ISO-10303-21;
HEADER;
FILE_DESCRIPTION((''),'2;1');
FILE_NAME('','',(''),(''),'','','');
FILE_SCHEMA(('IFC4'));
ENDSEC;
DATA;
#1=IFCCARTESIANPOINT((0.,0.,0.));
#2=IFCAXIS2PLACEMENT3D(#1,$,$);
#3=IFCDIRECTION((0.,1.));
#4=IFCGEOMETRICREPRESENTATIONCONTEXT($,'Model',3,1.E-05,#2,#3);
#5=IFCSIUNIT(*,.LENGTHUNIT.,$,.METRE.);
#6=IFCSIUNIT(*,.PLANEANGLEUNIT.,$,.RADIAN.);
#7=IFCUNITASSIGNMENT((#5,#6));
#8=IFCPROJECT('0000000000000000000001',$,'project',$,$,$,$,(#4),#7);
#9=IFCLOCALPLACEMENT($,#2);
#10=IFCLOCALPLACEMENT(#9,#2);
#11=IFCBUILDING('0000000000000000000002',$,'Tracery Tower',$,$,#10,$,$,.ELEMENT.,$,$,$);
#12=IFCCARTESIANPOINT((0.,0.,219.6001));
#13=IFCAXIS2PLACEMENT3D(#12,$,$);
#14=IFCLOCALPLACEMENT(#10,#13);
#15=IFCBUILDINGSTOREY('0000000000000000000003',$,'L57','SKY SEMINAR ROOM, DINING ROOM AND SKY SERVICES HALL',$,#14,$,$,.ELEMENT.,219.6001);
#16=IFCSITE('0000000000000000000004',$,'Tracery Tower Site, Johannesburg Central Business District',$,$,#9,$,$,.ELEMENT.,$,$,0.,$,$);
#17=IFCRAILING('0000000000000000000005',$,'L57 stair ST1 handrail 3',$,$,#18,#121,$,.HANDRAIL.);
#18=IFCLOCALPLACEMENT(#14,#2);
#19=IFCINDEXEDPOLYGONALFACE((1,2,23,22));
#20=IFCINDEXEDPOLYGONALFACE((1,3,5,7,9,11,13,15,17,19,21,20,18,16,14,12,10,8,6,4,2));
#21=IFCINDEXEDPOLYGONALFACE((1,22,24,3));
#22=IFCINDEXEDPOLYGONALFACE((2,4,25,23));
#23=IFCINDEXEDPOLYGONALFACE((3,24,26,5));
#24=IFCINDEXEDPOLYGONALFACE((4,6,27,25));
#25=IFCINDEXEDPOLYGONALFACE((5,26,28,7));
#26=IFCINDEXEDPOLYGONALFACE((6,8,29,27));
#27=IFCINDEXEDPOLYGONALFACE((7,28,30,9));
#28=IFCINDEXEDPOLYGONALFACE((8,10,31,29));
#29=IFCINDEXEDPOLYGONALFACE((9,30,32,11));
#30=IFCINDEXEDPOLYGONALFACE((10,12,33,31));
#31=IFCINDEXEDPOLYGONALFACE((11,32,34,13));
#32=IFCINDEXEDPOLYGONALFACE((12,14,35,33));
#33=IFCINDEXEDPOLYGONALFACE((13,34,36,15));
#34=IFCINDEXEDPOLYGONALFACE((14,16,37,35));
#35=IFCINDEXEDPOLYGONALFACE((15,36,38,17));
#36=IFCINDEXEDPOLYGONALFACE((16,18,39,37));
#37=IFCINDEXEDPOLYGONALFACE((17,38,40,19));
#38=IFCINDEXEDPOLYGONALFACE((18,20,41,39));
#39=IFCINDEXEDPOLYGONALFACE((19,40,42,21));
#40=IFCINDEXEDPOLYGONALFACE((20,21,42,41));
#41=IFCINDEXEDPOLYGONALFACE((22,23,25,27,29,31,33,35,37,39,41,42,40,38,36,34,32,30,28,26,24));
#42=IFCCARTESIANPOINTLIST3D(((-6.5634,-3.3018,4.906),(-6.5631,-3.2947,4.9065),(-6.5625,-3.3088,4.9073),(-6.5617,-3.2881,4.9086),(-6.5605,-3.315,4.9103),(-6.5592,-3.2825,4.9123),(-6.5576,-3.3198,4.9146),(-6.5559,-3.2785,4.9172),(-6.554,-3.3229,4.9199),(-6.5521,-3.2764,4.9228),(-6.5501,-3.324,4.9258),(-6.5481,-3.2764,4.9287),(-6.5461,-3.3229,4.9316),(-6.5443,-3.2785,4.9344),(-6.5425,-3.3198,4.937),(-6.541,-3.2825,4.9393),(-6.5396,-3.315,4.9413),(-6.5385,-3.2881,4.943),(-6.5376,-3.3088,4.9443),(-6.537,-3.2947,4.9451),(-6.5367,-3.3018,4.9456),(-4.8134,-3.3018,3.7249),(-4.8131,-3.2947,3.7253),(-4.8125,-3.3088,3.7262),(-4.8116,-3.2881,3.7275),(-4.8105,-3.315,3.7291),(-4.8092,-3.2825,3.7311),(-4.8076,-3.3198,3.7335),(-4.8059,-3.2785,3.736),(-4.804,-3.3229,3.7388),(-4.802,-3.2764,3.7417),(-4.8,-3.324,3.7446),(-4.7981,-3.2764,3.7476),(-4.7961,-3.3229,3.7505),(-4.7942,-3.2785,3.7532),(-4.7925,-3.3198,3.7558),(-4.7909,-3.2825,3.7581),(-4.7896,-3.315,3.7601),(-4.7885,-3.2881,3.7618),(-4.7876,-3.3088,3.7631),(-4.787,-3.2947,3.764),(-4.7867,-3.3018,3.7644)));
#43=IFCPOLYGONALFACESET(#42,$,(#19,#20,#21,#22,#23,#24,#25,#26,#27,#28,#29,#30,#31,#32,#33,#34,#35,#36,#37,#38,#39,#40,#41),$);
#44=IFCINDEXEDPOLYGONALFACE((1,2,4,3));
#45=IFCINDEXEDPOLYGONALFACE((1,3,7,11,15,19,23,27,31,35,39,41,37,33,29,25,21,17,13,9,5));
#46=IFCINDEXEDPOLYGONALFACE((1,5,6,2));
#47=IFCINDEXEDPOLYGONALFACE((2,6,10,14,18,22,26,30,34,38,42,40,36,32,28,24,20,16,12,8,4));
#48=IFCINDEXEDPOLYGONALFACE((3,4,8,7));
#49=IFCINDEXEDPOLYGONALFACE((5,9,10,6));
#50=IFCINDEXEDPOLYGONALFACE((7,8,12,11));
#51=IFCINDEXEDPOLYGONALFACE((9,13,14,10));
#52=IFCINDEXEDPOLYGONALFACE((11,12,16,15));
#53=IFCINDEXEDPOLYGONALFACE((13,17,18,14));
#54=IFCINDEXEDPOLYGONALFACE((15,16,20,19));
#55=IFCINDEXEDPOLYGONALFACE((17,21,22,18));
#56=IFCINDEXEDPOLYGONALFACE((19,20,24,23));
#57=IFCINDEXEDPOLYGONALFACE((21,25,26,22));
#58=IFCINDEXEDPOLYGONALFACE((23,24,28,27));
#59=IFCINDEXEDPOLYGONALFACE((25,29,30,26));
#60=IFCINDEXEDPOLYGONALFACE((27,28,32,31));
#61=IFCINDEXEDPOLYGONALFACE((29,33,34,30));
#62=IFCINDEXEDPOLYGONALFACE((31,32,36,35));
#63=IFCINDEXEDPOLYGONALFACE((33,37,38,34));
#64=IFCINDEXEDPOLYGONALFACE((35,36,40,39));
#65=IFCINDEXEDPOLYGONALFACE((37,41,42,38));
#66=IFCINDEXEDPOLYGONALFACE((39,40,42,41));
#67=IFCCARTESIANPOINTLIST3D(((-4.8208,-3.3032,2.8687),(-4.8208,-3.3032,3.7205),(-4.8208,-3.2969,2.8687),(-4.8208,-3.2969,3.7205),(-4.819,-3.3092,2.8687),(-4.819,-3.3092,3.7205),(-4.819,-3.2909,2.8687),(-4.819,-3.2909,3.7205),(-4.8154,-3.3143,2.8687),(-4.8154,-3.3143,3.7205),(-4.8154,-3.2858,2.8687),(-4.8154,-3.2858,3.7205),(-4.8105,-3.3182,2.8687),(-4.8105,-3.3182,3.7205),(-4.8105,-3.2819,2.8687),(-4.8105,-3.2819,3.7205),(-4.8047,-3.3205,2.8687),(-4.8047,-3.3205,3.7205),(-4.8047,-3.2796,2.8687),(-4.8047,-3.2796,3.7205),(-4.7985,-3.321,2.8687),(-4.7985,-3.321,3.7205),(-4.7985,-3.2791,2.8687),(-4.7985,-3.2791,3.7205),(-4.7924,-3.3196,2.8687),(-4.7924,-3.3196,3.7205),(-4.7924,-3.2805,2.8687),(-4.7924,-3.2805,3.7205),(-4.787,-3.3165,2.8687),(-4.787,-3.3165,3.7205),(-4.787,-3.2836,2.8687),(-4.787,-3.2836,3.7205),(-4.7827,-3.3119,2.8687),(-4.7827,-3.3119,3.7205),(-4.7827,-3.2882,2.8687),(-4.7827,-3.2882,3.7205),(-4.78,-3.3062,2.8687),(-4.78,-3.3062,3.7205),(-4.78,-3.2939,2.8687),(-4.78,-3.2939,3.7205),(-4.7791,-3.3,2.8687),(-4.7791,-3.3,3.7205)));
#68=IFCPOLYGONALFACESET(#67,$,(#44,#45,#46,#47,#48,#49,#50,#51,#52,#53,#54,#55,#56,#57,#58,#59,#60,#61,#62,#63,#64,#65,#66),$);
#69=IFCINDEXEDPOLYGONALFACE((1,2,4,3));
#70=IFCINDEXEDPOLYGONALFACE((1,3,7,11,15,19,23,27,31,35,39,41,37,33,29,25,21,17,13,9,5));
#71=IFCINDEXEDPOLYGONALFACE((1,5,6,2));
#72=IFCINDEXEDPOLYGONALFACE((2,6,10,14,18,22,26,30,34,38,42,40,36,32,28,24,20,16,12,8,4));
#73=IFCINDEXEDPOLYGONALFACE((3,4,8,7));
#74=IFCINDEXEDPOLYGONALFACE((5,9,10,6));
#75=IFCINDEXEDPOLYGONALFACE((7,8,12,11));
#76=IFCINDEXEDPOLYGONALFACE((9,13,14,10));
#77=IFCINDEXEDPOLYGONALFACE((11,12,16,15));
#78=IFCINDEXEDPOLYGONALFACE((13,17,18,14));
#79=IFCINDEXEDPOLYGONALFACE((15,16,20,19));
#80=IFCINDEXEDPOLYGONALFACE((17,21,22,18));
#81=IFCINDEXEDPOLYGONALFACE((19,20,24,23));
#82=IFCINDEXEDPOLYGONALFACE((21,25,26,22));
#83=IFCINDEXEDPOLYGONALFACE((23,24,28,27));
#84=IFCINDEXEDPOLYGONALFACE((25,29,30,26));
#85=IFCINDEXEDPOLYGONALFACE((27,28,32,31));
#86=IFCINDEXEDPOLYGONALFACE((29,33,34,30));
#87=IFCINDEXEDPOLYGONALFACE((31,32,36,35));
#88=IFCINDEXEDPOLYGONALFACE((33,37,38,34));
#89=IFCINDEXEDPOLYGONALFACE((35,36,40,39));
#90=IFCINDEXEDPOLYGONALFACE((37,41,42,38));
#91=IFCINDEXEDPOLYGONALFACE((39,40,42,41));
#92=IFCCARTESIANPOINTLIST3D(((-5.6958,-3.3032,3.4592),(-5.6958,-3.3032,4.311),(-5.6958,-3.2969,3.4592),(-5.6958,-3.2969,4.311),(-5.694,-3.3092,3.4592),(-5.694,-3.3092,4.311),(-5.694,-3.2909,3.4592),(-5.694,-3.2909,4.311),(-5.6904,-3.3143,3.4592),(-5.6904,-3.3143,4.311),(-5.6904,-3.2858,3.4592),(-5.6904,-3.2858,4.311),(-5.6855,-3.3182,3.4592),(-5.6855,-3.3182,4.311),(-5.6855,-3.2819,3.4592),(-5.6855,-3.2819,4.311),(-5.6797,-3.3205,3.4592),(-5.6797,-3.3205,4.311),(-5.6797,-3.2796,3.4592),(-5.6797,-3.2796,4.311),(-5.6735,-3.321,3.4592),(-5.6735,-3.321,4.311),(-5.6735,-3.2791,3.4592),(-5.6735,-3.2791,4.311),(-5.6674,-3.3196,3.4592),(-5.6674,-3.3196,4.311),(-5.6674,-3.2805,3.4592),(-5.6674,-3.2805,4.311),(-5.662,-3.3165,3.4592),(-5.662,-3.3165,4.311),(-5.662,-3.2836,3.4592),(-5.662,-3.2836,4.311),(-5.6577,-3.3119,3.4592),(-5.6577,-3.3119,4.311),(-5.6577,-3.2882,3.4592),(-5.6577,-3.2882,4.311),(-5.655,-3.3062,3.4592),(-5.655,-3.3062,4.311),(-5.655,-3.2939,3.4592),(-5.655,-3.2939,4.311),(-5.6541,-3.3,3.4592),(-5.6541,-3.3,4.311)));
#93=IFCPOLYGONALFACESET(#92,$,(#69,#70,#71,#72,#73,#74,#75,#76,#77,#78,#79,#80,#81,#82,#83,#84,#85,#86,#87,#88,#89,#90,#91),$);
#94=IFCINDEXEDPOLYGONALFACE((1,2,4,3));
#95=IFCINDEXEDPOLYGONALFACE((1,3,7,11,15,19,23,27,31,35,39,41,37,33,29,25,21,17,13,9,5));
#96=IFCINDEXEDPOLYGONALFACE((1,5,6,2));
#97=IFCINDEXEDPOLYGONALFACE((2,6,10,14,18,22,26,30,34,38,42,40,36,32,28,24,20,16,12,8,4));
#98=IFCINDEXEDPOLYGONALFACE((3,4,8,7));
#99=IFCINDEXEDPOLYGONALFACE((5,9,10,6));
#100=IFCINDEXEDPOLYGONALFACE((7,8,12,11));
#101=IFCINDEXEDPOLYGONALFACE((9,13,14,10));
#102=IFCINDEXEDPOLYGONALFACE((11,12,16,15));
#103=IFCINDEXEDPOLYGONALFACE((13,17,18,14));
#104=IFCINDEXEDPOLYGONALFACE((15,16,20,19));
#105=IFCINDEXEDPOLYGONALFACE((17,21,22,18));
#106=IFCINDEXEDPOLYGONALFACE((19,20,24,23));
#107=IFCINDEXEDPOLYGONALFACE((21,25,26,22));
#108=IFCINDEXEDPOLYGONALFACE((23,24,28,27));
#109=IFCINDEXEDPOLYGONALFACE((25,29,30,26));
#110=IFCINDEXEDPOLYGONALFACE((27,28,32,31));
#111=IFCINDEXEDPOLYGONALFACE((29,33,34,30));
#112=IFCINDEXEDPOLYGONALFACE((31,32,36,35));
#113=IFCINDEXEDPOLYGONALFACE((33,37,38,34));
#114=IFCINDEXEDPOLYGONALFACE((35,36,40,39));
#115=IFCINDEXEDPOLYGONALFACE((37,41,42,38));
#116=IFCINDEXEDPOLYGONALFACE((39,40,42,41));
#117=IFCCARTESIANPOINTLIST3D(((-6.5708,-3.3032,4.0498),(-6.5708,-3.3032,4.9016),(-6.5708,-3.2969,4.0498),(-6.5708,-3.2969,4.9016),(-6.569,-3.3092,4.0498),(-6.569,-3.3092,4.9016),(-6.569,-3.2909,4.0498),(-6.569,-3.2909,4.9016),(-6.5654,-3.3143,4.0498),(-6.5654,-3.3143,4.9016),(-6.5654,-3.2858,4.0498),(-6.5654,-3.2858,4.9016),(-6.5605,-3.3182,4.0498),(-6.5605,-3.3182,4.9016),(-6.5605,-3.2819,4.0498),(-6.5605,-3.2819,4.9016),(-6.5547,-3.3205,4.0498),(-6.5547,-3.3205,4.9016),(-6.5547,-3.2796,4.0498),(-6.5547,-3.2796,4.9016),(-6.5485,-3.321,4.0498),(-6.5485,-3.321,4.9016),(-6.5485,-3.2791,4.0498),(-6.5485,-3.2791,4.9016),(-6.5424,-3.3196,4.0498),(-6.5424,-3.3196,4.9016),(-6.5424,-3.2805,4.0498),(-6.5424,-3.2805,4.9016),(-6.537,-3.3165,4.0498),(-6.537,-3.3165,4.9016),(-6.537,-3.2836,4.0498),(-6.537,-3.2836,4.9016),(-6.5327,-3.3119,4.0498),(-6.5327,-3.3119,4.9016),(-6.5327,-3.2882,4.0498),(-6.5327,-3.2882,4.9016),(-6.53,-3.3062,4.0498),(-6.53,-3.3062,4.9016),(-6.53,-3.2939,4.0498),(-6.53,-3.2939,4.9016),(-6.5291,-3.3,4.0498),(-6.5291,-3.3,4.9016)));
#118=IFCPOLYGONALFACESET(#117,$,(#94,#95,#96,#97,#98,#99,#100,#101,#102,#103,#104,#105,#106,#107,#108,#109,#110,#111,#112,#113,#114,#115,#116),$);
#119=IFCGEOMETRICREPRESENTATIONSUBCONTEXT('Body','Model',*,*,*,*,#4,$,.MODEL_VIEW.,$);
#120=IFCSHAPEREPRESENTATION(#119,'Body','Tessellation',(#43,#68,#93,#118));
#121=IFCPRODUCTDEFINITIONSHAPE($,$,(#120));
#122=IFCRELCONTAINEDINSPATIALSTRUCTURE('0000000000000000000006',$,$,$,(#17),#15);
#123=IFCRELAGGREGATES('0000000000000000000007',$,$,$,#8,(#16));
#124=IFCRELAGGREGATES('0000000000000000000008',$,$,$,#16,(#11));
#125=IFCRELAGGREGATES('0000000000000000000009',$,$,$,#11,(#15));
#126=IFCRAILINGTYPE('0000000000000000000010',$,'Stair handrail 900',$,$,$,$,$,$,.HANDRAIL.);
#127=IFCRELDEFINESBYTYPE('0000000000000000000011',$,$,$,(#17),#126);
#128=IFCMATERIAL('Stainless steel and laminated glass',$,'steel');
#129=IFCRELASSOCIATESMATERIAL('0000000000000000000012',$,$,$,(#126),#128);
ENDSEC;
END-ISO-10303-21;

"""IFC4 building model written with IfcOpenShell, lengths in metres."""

from ifc_helpers import new_model, si_unit, direction, frame, origin, origin_2d, place, context, subcontext, project, spatial, circle, extrude, material, type_object, element, save


model = new_model("IFC4")

# Units and contexts
model_context = context("Model", 3, precision=1e-05, world=origin(), true_north=direction((0.0, 1.0)))
body_context = subcontext(model_context, "Body", "Model", "MODEL_VIEW")
ifc_project = project(units=[si_unit("LENGTHUNIT", "METRE"), si_unit("PLANEANGLEUNIT", "RADIAN")], contexts=[model_context])

# Site, building, storey
site_placement = place(None, origin())
site = spatial("IfcSite", under=ifc_project, at=site_placement, Name="Tracery Tower Site, Johannesburg Central Business District", CompositionType="ELEMENT", RefElevation=0.0)
building_placement = place(site_placement, origin())
building = spatial("IfcBuilding", under=site, at=building_placement, Name="Tracery Tower", CompositionType="ELEMENT")
storey_placement = place(building_placement, frame((0.0, 0.0, 219.6001)))
storey = spatial("IfcBuildingStorey", under=building, at=storey_placement, Name="L57", Description="SKY SEMINAR ROOM, DINING ROOM AND SKY SERVICES HALL", CompositionType="ELEMENT", Elevation=219.6001)

# Railing
ifc_material_1 = material(Name="Stainless steel and laminated glass", Category="steel")
railing_type_1 = type_object("IfcRailingType", Name="Stair handrail 900", PredefinedType="HANDRAIL", material=ifc_material_1)
railing_1_placement = place(storey_placement, frame((-4.8, -3.3, 2.8687)))
element("IfcRailing", 1, at=railing_1_placement, inside=storey, type_object=railing_type_1, Name="L57 stair ST1 handrail 3", PredefinedType="HANDRAIL", context=body_context, shape_type="SweptSolid", body=[
    extrude(circle(Radius=0.0239, at=origin_2d()), frame((0.0, 0.0, 0.876), z_axis=(-0.82887, 0.0, 0.559441), x_axis=(0.0, -1.0, 0.0)), (0.0, 0.0, 1.0), 2.1113),
    extrude(circle(Radius=0.021, at=origin_2d()), origin(), (0.0, 0.0, 1.0), 0.8518),
    extrude(circle(Radius=0.021, at=origin_2d()), frame((-0.875, 0.0, 0.5906)), (0.0, 0.0, 1.0), 0.8518),
    extrude(circle(Radius=0.021, at=origin_2d()), frame((-1.75, 0.0, 1.1812)), (0.0, 0.0, 1.0), 0.8518),
])

save(model, "model.ifc")
